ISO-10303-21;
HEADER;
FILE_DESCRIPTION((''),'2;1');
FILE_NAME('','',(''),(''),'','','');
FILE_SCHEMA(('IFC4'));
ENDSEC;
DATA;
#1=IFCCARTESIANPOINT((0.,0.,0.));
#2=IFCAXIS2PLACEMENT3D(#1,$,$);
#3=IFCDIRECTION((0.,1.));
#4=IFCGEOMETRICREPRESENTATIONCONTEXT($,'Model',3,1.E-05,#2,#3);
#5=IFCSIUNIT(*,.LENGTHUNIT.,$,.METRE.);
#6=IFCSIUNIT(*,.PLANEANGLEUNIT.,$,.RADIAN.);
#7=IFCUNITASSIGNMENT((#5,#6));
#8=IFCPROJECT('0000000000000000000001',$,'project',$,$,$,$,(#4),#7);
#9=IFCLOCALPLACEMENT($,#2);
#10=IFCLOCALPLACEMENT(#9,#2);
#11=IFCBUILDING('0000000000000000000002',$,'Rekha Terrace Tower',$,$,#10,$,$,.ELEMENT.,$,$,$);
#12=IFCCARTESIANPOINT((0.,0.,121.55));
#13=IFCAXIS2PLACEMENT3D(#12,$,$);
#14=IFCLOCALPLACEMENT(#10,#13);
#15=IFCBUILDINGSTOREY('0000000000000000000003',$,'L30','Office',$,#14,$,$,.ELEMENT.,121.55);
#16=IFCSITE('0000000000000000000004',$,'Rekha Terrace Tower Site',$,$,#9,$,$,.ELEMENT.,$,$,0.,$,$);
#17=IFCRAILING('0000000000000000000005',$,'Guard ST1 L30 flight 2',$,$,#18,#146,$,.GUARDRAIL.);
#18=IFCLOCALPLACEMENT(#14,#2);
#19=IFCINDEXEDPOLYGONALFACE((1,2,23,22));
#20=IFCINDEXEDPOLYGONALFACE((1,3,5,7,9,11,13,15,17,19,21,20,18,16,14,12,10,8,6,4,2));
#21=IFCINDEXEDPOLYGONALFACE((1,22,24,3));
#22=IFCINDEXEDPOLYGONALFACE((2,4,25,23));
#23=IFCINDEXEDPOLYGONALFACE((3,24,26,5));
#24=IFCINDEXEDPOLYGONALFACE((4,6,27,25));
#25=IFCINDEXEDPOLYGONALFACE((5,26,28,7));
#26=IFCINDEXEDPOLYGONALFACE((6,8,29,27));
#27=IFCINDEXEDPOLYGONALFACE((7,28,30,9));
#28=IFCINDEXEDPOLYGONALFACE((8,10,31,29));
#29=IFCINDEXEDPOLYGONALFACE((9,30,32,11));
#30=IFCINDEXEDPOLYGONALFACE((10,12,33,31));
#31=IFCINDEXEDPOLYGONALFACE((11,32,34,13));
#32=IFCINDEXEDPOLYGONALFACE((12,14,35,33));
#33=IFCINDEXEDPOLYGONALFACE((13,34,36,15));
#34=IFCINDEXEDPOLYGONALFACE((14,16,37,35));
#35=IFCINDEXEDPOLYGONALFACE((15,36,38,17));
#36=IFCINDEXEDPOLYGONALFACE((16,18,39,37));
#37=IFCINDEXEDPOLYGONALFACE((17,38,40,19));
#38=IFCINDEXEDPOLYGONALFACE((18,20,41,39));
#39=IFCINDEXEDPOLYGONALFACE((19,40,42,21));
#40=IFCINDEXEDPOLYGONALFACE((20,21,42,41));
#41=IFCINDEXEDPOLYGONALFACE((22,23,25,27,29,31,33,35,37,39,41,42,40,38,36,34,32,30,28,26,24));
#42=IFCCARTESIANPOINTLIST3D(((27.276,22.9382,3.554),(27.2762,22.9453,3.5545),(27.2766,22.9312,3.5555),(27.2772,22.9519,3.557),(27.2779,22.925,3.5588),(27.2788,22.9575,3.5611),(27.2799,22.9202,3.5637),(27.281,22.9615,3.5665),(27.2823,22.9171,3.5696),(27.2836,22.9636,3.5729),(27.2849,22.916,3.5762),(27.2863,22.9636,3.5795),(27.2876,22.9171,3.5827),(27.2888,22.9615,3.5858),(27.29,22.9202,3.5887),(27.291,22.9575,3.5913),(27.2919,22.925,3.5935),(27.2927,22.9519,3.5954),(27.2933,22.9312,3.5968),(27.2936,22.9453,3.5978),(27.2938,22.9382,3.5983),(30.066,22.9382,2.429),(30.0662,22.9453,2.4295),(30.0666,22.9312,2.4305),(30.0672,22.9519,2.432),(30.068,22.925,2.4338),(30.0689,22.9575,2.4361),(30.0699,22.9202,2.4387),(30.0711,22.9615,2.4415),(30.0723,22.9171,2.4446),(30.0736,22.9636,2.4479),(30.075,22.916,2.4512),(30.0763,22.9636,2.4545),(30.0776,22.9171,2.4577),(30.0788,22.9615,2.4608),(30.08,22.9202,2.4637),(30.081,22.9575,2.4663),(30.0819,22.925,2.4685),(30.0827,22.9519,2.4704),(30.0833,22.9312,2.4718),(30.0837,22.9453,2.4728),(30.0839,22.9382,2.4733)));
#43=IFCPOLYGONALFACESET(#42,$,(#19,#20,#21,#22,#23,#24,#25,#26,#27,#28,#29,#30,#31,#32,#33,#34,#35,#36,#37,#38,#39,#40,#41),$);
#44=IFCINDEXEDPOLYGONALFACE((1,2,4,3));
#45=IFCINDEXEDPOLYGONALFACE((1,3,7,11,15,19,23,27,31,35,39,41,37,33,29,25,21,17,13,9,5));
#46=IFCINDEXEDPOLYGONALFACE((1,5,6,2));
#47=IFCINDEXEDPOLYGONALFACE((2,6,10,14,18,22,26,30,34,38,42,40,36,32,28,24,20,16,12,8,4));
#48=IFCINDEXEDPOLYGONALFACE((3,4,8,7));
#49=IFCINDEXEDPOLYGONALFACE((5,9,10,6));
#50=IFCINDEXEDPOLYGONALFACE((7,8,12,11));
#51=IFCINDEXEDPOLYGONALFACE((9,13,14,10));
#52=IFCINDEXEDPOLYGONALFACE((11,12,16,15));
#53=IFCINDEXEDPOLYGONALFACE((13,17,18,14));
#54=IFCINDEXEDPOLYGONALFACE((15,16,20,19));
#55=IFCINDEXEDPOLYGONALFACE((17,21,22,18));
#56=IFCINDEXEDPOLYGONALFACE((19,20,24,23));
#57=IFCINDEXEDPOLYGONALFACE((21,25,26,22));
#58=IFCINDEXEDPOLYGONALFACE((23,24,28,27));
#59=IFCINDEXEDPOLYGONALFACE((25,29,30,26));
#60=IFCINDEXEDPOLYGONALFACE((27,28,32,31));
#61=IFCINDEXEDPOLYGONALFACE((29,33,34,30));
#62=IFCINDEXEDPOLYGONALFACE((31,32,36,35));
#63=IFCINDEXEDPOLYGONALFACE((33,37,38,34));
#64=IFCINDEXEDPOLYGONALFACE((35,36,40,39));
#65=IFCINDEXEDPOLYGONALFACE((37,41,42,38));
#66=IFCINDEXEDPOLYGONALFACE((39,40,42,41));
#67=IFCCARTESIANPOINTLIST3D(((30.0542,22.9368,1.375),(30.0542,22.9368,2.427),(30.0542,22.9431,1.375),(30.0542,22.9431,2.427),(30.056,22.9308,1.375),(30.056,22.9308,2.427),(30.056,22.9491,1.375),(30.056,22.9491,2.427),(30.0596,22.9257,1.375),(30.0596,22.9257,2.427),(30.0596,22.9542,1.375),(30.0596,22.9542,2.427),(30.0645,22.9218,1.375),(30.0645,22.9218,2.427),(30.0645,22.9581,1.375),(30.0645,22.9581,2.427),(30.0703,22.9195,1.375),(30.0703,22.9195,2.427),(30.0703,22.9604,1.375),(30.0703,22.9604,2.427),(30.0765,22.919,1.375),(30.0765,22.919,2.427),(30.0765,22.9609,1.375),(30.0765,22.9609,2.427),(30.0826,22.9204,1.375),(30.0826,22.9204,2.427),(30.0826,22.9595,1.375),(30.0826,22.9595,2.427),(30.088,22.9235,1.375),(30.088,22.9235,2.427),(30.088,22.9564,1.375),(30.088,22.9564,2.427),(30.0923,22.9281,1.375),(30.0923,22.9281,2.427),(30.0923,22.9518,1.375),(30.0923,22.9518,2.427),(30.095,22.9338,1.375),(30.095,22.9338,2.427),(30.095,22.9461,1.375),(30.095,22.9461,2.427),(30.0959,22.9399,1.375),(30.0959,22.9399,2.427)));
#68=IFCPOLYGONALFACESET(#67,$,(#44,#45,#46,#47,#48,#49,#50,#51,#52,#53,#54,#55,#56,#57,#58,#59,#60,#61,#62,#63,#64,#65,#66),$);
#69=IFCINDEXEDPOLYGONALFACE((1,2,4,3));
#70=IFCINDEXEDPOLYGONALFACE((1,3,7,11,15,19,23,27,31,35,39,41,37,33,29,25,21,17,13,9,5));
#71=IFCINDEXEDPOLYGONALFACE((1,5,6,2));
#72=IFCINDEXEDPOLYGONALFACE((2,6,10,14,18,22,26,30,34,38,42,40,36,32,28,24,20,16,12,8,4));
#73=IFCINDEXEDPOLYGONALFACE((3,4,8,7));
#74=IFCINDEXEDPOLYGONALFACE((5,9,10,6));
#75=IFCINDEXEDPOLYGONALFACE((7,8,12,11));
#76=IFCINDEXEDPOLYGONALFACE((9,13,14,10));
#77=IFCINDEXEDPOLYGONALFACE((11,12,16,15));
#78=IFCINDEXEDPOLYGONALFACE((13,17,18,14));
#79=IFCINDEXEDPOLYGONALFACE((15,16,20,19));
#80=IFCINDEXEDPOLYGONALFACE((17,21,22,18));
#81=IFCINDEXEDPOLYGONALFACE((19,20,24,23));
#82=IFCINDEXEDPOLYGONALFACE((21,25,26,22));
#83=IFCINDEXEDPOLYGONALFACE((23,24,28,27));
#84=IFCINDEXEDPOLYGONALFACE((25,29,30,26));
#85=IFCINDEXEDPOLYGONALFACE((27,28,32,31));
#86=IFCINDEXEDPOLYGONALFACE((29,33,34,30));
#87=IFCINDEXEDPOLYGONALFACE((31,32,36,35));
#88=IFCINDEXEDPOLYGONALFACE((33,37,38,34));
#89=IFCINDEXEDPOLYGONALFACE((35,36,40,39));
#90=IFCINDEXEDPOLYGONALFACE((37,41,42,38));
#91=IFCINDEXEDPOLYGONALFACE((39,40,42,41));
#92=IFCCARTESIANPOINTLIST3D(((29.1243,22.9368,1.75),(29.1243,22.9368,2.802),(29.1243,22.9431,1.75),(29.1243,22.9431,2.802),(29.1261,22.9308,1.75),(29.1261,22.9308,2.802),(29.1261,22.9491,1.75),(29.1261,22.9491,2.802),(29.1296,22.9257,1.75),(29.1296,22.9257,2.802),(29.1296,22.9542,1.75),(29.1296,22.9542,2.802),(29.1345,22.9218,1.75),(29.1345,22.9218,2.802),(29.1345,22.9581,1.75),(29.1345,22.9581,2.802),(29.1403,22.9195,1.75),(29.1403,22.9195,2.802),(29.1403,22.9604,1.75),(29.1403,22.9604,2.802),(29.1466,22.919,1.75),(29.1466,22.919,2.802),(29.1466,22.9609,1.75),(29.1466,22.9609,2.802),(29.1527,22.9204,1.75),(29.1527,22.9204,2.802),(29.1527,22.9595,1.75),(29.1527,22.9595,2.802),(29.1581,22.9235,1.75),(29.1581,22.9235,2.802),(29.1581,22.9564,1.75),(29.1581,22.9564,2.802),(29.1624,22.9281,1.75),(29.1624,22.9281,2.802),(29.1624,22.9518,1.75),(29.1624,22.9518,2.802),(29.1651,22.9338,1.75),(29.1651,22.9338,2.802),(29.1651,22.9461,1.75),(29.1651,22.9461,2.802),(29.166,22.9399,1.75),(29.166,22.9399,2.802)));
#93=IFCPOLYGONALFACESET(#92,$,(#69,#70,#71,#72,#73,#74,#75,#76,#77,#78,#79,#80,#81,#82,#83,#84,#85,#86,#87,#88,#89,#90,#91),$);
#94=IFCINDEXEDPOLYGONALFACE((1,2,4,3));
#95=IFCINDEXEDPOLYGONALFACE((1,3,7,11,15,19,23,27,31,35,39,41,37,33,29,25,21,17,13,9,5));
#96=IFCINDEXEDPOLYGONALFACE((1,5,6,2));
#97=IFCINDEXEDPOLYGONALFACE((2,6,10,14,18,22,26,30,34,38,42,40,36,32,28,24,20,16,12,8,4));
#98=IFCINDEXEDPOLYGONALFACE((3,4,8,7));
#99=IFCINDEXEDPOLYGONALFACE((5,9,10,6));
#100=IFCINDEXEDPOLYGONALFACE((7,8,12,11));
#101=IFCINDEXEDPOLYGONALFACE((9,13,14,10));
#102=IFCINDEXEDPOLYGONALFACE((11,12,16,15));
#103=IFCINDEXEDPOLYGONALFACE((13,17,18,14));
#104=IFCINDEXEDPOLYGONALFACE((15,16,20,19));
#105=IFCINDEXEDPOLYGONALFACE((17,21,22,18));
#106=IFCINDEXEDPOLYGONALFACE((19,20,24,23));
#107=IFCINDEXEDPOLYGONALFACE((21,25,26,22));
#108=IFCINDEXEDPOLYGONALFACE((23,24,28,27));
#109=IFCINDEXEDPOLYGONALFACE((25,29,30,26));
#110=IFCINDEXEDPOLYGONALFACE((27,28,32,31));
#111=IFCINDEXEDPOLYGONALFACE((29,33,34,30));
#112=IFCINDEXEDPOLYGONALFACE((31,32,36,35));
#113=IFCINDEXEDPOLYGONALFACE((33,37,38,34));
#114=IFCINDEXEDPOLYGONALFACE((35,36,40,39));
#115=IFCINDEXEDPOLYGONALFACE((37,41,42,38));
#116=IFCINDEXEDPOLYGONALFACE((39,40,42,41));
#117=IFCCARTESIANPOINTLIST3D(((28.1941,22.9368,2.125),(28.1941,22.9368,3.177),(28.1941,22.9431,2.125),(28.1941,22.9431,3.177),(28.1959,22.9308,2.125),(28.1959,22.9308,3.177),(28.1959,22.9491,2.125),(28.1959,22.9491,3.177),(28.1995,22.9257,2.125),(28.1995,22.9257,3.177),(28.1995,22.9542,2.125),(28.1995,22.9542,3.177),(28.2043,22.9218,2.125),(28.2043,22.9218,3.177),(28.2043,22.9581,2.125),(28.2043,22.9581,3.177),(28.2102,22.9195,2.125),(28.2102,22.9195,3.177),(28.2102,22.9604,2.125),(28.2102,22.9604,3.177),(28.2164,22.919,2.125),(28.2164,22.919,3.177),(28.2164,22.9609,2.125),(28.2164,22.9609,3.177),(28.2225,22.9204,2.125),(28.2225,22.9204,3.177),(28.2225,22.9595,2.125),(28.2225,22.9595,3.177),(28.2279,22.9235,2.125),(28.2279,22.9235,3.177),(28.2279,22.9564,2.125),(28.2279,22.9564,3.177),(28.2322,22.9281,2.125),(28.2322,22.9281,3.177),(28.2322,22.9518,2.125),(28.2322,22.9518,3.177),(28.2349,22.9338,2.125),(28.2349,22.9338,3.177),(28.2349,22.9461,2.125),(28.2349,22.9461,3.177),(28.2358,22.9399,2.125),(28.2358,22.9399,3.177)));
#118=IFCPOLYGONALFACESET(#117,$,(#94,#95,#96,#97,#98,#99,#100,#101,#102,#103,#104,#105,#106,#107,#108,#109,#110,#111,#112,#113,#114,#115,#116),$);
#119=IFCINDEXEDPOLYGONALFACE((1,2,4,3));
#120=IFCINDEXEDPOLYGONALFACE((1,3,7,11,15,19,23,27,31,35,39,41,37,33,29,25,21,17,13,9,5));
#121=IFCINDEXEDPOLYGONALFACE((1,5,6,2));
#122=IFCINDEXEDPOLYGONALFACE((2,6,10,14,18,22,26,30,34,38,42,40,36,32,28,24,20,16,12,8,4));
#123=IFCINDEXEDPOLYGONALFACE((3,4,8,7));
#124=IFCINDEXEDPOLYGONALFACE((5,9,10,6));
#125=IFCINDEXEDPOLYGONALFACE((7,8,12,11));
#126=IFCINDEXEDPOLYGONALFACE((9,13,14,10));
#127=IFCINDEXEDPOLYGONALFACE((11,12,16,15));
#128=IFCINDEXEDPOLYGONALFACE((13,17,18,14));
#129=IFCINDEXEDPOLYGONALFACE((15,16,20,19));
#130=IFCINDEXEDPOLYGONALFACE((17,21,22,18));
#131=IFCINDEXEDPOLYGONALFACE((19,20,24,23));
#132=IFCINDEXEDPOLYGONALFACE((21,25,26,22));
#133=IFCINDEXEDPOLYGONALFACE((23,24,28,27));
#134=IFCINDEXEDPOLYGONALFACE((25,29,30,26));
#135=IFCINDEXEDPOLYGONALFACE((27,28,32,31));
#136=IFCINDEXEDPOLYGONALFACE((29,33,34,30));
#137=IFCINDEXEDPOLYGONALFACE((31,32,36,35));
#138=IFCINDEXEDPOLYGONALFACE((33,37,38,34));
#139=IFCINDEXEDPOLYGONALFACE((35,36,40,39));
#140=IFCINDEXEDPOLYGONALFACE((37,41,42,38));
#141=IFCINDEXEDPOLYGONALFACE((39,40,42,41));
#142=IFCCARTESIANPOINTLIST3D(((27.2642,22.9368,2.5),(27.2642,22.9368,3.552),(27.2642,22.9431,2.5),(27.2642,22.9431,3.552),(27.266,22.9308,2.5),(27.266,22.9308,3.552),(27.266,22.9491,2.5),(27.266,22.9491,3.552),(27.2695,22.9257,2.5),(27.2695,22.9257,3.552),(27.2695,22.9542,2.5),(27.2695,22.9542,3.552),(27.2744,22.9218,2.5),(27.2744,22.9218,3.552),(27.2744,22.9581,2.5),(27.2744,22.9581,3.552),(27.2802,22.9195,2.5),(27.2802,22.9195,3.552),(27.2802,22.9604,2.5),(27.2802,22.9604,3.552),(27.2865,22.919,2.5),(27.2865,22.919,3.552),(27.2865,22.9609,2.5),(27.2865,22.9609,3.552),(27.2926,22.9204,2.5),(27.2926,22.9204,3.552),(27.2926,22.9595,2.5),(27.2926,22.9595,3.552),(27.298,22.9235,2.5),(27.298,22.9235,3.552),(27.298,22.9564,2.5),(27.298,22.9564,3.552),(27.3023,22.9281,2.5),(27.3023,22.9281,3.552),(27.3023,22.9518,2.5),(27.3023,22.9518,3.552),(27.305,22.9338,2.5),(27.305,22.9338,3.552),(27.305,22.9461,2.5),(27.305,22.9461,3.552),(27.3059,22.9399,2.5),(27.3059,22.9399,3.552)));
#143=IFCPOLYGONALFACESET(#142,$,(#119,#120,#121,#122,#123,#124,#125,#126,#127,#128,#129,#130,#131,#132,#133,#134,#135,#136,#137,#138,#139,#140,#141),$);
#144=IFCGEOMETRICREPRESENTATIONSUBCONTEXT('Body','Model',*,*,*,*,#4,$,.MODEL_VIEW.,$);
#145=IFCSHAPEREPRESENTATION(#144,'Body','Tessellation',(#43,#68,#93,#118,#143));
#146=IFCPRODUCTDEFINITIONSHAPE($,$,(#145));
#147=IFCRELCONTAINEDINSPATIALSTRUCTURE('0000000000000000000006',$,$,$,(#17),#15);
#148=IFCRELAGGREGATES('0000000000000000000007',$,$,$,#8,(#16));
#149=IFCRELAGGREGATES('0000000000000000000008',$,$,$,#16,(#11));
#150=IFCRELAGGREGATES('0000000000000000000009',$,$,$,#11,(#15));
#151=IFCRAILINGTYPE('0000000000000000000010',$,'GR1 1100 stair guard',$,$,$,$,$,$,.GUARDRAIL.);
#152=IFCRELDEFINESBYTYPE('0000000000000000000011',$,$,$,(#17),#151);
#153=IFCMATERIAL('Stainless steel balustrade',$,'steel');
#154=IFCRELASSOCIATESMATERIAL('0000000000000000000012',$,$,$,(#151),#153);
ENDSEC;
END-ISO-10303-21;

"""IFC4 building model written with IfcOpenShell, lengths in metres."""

from ifc_helpers import new_model, si_unit, direction, frame, origin, origin_2d, place, context, subcontext, project, spatial, circle, extrude, material, type_object, element, save


model = new_model("IFC4")

# Units and contexts
model_context = context("Model", 3, precision=1e-05, world=origin(), true_north=direction((0.0, 1.0)))
body_context = subcontext(model_context, "Body", "Model", "MODEL_VIEW")
ifc_project = project(units=[si_unit("LENGTHUNIT", "METRE"), si_unit("PLANEANGLEUNIT", "RADIAN")], contexts=[model_context])

# Site, building, storey
site_placement = place(None, origin())
site = spatial("IfcSite", under=ifc_project, at=site_placement, Name="Rekha Terrace Tower Site", CompositionType="ELEMENT", RefElevation=0.0)
building_placement = place(site_placement, origin())
building = spatial("IfcBuilding", under=site, at=building_placement, Name="Rekha Terrace Tower", CompositionType="ELEMENT")
storey_placement = place(building_placement, frame((0.0, 0.0, 121.55)))
storey = spatial("IfcBuildingStorey", under=building, at=storey_placement, Name="L30", Description="Office", CompositionType="ELEMENT", Elevation=121.55)

# Railing
ifc_material_1 = material(Name="Stainless steel balustrade", Category="steel")
railing_type_1 = type_object("IfcRailingType", Name="GR1 1100 stair guard", PredefinedType="GUARDRAIL", material=ifc_material_1)
railing_1_placement = place(storey_placement, frame((30.075, 22.9399, 1.375)))
element("IfcRailing", 1, at=railing_1_placement, inside=storey, type_object=railing_type_1, Name="Guard ST1 L30 flight 2", PredefinedType="GUARDRAIL", context=body_context, shape_type="SweptSolid", body=[
    extrude(circle(Radius=0.0239, at=origin_2d()), frame((0.0, 0.0, 1.0762), z_axis=(-0.927443, 0.0, 0.373964), x_axis=(0.0, -1.0, 0.0)), (0.0, 0.0, 1.0), 3.0083),
    extrude(circle(Radius=0.021, at=origin_2d()), origin(), (0.0, 0.0, 1.0), 1.052),
    extrude(circle(Radius=0.021, at=origin_2d()), frame((-0.9299, 0.0, 0.375)), (0.0, 0.0, 1.0), 1.052),
    extrude(circle(Radius=0.021, at=origin_2d()), frame((-1.8601, 0.0, 0.75)), (0.0, 0.0, 1.0), 1.052),
    extrude(circle(Radius=0.021, at=origin_2d()), frame((-2.79, 0.0, 1.125)), (0.0, 0.0, 1.0), 1.052),
])

save(model, "model.ifc")
